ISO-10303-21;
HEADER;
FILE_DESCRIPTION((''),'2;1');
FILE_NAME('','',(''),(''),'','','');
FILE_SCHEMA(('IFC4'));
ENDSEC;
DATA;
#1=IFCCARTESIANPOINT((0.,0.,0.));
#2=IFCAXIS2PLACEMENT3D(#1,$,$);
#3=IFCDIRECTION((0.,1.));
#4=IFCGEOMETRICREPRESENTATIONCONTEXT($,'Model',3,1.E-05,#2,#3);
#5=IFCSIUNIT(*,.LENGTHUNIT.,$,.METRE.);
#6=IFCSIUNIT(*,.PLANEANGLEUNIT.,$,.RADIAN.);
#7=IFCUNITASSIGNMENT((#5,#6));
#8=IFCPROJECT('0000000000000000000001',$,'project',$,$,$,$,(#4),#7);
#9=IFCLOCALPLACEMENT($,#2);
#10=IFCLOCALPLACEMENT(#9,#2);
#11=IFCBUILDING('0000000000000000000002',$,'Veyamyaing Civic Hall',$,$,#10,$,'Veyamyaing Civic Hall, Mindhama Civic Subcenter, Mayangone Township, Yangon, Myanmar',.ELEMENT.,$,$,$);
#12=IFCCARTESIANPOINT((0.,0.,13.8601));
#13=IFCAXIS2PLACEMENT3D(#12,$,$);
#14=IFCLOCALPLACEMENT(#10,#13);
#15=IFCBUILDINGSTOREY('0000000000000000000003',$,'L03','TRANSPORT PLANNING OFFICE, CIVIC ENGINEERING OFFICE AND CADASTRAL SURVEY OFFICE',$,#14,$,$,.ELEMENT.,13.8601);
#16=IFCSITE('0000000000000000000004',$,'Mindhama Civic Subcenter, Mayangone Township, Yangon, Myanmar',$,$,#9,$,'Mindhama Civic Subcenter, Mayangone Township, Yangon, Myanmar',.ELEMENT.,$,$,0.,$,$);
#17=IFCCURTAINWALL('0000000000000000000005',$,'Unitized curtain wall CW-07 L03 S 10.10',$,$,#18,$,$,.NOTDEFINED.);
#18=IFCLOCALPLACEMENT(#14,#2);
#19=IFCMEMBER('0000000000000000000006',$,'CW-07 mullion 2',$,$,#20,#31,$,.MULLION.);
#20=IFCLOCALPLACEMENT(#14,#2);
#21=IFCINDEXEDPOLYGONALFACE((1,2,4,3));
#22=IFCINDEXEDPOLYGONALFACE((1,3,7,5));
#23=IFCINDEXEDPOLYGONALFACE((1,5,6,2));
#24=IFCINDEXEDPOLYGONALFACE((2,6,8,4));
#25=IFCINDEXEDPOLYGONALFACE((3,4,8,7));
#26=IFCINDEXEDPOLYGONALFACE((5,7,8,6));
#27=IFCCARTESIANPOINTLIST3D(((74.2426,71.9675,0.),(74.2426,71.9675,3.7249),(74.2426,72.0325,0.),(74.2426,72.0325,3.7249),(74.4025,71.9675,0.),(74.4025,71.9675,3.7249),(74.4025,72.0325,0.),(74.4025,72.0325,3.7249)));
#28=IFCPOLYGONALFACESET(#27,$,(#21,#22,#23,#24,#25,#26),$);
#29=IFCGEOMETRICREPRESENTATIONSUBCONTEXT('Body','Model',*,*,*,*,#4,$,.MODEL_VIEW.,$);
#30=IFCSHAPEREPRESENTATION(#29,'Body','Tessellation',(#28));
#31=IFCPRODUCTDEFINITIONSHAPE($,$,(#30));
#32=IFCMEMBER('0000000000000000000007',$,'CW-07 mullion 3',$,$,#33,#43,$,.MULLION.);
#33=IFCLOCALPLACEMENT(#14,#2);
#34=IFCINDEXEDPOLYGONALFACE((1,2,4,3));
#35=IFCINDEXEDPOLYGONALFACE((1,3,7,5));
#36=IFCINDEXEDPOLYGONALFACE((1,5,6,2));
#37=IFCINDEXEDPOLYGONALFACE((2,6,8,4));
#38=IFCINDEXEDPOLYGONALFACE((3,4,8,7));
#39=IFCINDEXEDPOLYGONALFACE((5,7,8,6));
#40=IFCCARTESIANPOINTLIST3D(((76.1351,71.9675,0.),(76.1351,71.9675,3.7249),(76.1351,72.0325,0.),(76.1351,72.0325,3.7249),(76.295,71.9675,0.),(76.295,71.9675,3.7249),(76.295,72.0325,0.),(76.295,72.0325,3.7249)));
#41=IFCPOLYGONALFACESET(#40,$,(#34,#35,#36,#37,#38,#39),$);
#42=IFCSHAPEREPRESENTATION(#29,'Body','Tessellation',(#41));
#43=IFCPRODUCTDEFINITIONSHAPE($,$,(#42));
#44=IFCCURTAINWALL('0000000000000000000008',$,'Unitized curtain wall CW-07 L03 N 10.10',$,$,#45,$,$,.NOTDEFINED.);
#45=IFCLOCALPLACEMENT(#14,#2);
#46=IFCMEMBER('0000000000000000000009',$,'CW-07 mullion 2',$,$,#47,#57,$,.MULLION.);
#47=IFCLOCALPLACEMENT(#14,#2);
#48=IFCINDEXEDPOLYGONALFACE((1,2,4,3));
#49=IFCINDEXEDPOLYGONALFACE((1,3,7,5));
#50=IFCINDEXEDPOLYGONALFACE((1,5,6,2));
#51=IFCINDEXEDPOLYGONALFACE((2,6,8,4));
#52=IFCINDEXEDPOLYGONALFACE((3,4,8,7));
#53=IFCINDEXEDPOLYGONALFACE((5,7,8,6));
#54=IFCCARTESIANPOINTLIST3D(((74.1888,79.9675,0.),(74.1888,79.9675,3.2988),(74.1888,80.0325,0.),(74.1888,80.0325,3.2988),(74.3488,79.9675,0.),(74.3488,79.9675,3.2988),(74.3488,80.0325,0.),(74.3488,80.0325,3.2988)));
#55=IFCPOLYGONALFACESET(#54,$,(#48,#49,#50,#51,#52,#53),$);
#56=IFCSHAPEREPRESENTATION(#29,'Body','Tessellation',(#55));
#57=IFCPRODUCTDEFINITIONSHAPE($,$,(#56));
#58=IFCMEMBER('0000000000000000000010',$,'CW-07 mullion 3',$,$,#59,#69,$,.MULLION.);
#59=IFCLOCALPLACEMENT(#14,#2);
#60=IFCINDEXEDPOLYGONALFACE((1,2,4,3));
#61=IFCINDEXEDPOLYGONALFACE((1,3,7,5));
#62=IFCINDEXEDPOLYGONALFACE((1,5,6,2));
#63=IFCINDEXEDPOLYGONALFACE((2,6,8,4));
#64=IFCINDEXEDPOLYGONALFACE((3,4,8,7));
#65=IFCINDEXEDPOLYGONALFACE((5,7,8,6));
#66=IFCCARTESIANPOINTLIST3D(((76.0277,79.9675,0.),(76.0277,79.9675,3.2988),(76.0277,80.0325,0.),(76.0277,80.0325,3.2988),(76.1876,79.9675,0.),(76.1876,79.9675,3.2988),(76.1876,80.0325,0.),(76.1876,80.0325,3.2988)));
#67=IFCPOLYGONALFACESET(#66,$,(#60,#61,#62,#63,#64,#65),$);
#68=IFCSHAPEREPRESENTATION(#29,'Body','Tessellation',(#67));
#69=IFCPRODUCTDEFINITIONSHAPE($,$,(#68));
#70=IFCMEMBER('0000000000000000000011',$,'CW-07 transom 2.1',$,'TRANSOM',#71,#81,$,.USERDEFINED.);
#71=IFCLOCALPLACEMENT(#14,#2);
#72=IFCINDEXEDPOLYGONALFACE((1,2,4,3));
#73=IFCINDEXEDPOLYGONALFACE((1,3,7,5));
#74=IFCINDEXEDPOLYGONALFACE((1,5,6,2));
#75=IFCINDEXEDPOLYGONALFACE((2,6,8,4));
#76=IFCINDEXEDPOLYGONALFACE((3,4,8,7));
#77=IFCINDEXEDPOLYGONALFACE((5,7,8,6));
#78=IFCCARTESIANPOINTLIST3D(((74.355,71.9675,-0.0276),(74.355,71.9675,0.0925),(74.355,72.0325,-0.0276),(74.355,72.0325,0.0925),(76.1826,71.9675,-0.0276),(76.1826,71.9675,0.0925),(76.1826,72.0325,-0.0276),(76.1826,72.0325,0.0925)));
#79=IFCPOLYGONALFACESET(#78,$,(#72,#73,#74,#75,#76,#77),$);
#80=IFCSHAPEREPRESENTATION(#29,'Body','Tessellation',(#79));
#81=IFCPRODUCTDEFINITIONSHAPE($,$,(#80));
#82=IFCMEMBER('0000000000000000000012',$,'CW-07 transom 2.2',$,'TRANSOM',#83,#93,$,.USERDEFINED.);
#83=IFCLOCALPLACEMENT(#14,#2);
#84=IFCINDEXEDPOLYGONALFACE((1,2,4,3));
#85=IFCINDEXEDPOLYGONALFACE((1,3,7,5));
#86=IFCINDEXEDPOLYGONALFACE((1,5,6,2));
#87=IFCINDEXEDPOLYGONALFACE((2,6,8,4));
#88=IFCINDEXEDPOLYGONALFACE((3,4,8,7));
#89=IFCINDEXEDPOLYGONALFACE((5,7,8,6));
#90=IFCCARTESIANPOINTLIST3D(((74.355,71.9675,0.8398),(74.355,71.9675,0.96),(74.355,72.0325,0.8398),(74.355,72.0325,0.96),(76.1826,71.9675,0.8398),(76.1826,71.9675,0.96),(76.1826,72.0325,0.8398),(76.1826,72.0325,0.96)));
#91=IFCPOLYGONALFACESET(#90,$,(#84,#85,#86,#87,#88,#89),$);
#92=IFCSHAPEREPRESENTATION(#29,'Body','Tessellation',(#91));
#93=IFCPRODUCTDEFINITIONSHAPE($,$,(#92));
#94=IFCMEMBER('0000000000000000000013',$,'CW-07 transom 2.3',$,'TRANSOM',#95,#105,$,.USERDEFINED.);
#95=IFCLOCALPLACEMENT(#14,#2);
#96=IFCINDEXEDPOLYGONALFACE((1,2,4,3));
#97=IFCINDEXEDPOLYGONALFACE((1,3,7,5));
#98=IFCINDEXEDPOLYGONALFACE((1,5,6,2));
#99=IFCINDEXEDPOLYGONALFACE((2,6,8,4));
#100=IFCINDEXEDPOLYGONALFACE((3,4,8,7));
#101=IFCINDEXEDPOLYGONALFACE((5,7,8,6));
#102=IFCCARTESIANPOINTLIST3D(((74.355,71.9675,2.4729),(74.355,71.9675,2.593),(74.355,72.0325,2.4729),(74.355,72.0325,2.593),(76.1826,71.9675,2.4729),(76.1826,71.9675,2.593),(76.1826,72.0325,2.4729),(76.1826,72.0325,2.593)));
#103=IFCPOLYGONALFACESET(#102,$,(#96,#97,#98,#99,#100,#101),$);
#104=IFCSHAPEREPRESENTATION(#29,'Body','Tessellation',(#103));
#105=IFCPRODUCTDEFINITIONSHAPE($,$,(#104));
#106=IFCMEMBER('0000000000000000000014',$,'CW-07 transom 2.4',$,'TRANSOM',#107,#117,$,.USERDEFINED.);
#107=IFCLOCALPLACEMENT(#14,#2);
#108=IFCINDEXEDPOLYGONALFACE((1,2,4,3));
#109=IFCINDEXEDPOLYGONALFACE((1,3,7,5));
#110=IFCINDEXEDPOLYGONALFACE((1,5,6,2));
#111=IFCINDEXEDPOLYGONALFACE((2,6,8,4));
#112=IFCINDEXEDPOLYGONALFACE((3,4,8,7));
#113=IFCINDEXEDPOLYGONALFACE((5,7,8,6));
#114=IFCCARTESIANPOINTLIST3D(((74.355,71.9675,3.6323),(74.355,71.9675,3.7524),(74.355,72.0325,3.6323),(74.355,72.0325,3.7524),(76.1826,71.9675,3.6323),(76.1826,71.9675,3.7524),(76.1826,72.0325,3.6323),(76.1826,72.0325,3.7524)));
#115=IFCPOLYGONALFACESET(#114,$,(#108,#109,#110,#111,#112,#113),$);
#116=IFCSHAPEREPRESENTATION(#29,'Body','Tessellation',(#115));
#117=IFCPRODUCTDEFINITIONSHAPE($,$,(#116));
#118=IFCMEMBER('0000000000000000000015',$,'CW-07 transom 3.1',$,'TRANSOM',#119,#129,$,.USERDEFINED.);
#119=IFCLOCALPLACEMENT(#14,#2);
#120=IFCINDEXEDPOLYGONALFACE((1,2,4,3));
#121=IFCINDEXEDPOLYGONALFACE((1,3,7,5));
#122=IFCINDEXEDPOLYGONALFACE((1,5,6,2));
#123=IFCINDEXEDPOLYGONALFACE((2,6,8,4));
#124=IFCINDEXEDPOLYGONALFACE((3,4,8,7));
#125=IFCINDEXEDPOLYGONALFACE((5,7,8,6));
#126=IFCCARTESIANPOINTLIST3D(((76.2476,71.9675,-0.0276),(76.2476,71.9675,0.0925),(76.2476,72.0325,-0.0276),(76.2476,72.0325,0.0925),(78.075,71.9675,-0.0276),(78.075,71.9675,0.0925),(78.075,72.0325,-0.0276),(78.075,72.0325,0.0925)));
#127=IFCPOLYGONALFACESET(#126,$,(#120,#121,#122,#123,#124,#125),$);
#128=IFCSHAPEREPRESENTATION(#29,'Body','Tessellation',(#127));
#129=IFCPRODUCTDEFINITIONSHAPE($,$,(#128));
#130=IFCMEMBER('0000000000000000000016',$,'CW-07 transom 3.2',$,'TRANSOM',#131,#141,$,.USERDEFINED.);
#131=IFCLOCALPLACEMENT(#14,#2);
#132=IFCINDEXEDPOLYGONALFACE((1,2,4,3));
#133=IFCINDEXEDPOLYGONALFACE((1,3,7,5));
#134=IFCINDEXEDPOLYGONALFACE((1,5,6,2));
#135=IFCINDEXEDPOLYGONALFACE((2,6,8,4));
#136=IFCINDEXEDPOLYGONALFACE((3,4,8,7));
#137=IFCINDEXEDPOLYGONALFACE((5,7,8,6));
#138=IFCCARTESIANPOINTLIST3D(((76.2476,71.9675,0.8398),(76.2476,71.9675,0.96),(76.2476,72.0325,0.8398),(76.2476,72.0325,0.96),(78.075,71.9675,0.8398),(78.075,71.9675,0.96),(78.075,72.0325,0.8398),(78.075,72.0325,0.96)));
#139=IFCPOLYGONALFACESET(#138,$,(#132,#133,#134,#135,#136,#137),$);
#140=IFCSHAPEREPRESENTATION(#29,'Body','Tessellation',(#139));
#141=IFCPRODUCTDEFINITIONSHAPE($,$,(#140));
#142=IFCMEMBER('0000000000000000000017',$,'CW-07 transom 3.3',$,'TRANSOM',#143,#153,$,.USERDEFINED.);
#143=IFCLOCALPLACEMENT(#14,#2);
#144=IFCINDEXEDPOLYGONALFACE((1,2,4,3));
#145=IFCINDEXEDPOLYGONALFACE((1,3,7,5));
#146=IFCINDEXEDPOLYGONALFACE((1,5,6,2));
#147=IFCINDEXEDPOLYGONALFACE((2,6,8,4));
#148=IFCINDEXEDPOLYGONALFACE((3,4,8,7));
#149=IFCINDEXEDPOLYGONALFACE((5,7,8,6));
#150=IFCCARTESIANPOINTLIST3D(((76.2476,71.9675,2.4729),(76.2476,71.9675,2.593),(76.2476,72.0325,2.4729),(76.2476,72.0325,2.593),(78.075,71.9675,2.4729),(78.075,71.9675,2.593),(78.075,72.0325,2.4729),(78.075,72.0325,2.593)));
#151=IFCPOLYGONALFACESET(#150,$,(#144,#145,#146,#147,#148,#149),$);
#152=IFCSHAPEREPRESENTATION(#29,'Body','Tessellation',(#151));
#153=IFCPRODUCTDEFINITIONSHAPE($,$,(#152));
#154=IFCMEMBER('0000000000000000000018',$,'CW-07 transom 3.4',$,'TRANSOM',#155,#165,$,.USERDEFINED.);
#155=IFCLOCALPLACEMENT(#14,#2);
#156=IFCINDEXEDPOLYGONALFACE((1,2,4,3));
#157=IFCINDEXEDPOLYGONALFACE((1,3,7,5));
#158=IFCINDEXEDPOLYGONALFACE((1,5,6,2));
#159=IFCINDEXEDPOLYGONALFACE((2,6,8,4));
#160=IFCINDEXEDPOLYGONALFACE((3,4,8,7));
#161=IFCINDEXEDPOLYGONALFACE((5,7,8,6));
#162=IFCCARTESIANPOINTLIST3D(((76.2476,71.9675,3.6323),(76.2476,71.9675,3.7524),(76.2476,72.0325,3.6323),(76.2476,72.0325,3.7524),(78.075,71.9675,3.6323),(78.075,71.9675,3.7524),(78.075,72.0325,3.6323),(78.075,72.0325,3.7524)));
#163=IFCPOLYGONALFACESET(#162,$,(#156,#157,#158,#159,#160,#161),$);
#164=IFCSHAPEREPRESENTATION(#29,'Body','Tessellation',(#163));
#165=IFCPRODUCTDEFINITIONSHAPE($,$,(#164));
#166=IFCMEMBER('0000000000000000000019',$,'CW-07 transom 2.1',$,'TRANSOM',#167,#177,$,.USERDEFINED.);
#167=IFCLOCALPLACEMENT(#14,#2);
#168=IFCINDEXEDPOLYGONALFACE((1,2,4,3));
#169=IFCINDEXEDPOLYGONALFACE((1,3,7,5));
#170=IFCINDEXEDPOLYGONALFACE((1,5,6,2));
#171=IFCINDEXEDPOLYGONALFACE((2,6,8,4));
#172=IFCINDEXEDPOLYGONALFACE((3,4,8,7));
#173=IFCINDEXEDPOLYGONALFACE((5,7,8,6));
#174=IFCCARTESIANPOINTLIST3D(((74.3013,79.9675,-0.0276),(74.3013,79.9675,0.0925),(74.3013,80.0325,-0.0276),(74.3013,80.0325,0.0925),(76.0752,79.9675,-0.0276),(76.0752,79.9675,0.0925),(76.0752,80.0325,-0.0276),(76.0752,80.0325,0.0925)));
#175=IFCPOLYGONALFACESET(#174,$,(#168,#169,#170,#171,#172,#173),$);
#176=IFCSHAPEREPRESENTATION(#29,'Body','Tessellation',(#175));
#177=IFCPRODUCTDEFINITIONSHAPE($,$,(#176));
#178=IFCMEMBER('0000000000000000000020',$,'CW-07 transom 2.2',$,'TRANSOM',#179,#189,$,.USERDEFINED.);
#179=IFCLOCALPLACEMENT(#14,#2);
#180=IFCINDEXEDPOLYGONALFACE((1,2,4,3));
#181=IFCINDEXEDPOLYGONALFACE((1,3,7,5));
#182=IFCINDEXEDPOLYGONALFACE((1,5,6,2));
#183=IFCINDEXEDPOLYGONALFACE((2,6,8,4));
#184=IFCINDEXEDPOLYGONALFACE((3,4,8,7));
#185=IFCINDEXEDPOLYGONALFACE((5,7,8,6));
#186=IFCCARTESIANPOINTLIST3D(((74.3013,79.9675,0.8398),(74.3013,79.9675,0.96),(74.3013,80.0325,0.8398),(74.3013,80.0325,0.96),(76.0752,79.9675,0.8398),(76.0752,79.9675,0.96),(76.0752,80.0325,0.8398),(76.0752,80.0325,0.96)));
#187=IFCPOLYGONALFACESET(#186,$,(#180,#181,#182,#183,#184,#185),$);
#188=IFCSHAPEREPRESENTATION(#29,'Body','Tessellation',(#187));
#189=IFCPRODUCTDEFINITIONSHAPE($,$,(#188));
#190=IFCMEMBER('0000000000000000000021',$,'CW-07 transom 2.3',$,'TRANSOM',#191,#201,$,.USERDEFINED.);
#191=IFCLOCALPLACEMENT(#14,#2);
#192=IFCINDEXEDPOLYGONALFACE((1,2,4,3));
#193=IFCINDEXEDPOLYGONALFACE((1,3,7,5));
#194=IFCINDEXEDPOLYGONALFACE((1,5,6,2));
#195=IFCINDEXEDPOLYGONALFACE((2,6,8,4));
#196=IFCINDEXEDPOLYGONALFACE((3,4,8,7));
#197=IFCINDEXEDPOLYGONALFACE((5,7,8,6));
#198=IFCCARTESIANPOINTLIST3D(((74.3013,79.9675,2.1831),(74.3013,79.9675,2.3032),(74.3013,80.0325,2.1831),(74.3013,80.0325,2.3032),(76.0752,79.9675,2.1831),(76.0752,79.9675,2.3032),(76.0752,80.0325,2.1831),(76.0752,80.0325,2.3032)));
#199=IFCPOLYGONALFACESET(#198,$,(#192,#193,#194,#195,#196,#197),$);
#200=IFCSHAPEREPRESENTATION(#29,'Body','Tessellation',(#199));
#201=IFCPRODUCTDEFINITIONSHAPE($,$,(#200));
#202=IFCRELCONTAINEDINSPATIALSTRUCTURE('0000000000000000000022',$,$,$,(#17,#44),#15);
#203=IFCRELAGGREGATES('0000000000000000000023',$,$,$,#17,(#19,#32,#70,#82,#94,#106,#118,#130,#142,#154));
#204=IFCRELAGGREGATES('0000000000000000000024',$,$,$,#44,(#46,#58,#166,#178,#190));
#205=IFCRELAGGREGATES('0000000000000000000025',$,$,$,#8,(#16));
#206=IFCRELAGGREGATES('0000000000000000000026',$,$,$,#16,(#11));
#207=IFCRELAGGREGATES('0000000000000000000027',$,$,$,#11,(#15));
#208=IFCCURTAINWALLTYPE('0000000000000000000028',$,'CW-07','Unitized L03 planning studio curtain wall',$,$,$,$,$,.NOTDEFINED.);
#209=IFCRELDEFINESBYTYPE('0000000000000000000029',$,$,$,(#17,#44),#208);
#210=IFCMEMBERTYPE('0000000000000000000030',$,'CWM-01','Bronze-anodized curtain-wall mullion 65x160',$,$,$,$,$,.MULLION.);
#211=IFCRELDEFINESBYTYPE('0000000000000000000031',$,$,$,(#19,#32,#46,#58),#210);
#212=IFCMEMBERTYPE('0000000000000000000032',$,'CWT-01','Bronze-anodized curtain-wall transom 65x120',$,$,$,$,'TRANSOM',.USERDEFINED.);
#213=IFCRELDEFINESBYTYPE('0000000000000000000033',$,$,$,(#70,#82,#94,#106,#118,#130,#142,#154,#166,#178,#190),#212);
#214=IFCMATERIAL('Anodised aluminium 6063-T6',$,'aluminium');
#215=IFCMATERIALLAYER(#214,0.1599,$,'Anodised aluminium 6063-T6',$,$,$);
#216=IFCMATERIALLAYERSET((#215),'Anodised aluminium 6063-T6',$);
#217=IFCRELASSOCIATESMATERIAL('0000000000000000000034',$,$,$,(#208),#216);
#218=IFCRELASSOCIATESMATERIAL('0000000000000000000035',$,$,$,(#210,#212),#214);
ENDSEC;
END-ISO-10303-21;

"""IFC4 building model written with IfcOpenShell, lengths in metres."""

from ifc_helpers import new_model, si_unit, direction, frame, origin, origin_2d, place, context, subcontext, project, spatial, rectangle, extrude, material, layer, layer_set, material_profile, profile_set, type_object, element, aggregate, save


model = new_model("IFC4")

# Units and contexts
model_context = context("Model", 3, precision=1e-05, world=origin(), true_north=direction((0.0, 1.0)))
body_context = subcontext(model_context, "Body", "Model", "MODEL_VIEW")
ifc_project = project(units=[si_unit("LENGTHUNIT", "METRE"), si_unit("PLANEANGLEUNIT", "RADIAN")], contexts=[model_context])

# Site, building, storey
site_placement = place(None, origin())
site = spatial("IfcSite", under=ifc_project, at=site_placement, Name="Mindhama Civic Subcenter, Mayangone Township, Yangon, Myanmar", LongName="Mindhama Civic Subcenter, Mayangone Township, Yangon, Myanmar", CompositionType="ELEMENT", RefElevation=0.0)
building_placement = place(site_placement, origin())
building = spatial("IfcBuilding", under=site, at=building_placement, Name="Veyamyaing Civic Hall", LongName="Veyamyaing Civic Hall, Mindhama Civic Subcenter, Mayangone Township, Yangon, Myanmar", CompositionType="ELEMENT")
storey_placement = place(building_placement, frame((0.0, 0.0, 13.8601)))
storey = spatial("IfcBuildingStorey", under=building, at=storey_placement, Name="L03", Description="TRANSPORT PLANNING OFFICE, CIVIC ENGINEERING OFFICE AND CADASTRAL SURVEY OFFICE", CompositionType="ELEMENT", Elevation=13.8601)

# Curtain walls, members
ifc_material_1 = material(Name="Anodised aluminium 6063-T6", Category="aluminium")
ifc_layer_1 = layer(ifc_material_1, 0.1599, Name="Anodised aluminium 6063-T6")
ifc_layer_set_1 = layer_set([ifc_layer_1], Name="Anodised aluminium 6063-T6")
curtain_wall_type = type_object("IfcCurtainWallType", Name="CW-07", Description="Unitized L03 planning studio curtain wall", PredefinedType="NOTDEFINED", material=ifc_layer_set_1)
curtain_wall_1_placement = place(storey_placement, origin())
curtain_wall_1 = element("IfcCurtainWall", 1, at=curtain_wall_1_placement, inside=storey, type_object=curtain_wall_type, Name="Unitized curtain wall CW-07 L03 S 10.10", PredefinedType="NOTDEFINED")
ifc_material_profile_1 = material_profile(ifc_material_1, rectangle(XDim=0.0649, YDim=0.1599, at=origin_2d()), Name="ALU-MUL-65X160")
ifc_profile_set_1 = profile_set([ifc_material_profile_1], Name="Anodised aluminium 6063-T6")
member_type_1 = type_object("IfcMemberType", Name="CWM-01", Description="Bronze-anodized curtain-wall mullion 65x160", PredefinedType="MULLION", material=ifc_profile_set_1)
member_1_placement = place(storey_placement, frame((74.3225, 72.0, 0.0), z_axis=(0.0, 0.0, 1.0), x_axis=(0.0, 1.0, 0.0)))
member_1 = element("IfcMember", 2, at=member_1_placement, type_object=member_type_1, Name="CW-07 mullion 2", PredefinedType="MULLION", context=body_context, shape_type="SweptSolid", body=[
    extrude(rectangle(XDim=0.0649, YDim=0.1599, at=origin_2d()), origin(), (0.0, 0.0, 1.0), 3.7249),
])
member_2_placement = place(storey_placement, frame((76.2151, 72.0, 0.0), z_axis=(0.0, 0.0, 1.0), x_axis=(0.0, 1.0, 0.0)))
member_2 = element("IfcMember", 3, at=member_2_placement, type_object=member_type_1, Name="CW-07 mullion 3", PredefinedType="MULLION", context=body_context, shape_type="SweptSolid", body=[
    extrude(rectangle(XDim=0.0649, YDim=0.1599, at=origin_2d()), origin(), (0.0, 0.0, 1.0), 3.7249),
])
curtain_wall_2_placement = place(storey_placement, origin())
curtain_wall_2 = element("IfcCurtainWall", 4, at=curtain_wall_2_placement, inside=storey, type_object=curtain_wall_type, Name="Unitized curtain wall CW-07 L03 N 10.10", PredefinedType="NOTDEFINED")
member_3_placement = place(storey_placement, frame((74.2688, 80.0, 0.0), z_axis=(0.0, 0.0, 1.0), x_axis=(0.0, 1.0, 0.0)))
member_3 = element("IfcMember", 5, at=member_3_placement, type_object=member_type_1, Name="CW-07 mullion 2", PredefinedType="MULLION", context=body_context, shape_type="SweptSolid", body=[
    extrude(rectangle(XDim=0.0649, YDim=0.1599, at=origin_2d()), origin(), (0.0, 0.0, 1.0), 3.2988),
])
member_4_placement = place(storey_placement, frame((76.1077, 80.0, 0.0), z_axis=(0.0, 0.0, 1.0), x_axis=(0.0, 1.0, 0.0)))
member_4 = element("IfcMember", 6, at=member_4_placement, type_object=member_type_1, Name="CW-07 mullion 3", PredefinedType="MULLION", context=body_context, shape_type="SweptSolid", body=[
    extrude(rectangle(XDim=0.0649, YDim=0.1599, at=origin_2d()), origin(), (0.0, 0.0, 1.0), 3.2988),
])

# Members
ifc_material_profile_2 = material_profile(ifc_material_1, rectangle(XDim=0.0649, YDim=0.1201, at=origin_2d()), Name="ALU-TRN-65X120")
ifc_profile_set_2 = profile_set([ifc_material_profile_2], Name="Anodised aluminium 6063-T6")
member_type_2 = type_object("IfcMemberType", Name="CWT-01", Description="Bronze-anodized curtain-wall transom 65x120", ElementType="TRANSOM", PredefinedType="USERDEFINED", material=ifc_profile_set_2)
member_5_placement = place(storey_placement, frame((74.355, 72.0, 0.0325), z_axis=(1.0, 0.0, 0.0), x_axis=(0.0, 1.0, 0.0)))
member_5 = element("IfcMember", 7, at=member_5_placement, type_object=member_type_2, Name="CW-07 transom 2.1", ObjectType="TRANSOM", PredefinedType="USERDEFINED", context=body_context, shape_type="SweptSolid", body=[
    extrude(rectangle(XDim=0.0649, YDim=0.1201, at=origin_2d()), origin(), (0.0, 0.0, 1.0), 1.8276),
])
member_6_placement = place(storey_placement, frame((74.355, 72.0, 0.8999), z_axis=(1.0, 0.0, 0.0), x_axis=(0.0, 1.0, 0.0)))
member_6 = element("IfcMember", 8, at=member_6_placement, type_object=member_type_2, Name="CW-07 transom 2.2", ObjectType="TRANSOM", PredefinedType="USERDEFINED", context=body_context, shape_type="SweptSolid", body=[
    extrude(rectangle(XDim=0.0649, YDim=0.1201, at=origin_2d()), origin(), (0.0, 0.0, 1.0), 1.8276),
])
member_7_placement = place(storey_placement, frame((74.355, 72.0, 2.533), z_axis=(1.0, 0.0, 0.0), x_axis=(0.0, 1.0, 0.0)))
member_7 = element("IfcMember", 9, at=member_7_placement, type_object=member_type_2, Name="CW-07 transom 2.3", ObjectType="TRANSOM", PredefinedType="USERDEFINED", context=body_context, shape_type="SweptSolid", body=[
    extrude(rectangle(XDim=0.0649, YDim=0.1201, at=origin_2d()), origin(), (0.0, 0.0, 1.0), 1.8276),
])
member_8_placement = place(storey_placement, frame((74.355, 72.0, 3.6924), z_axis=(1.0, 0.0, 0.0), x_axis=(0.0, 1.0, 0.0)))
member_8 = element("IfcMember", 10, at=member_8_placement, type_object=member_type_2, Name="CW-07 transom 2.4", ObjectType="TRANSOM", PredefinedType="USERDEFINED", context=body_context, shape_type="SweptSolid", body=[
    extrude(rectangle(XDim=0.0649, YDim=0.1201, at=origin_2d()), origin(), (0.0, 0.0, 1.0), 1.8276),
])
member_9_placement = place(storey_placement, frame((76.2476, 72.0, 0.0325), z_axis=(1.0, 0.0, 0.0), x_axis=(0.0, 1.0, 0.0)))
member_9 = element("IfcMember", 11, at=member_9_placement, type_object=member_type_2, Name="CW-07 transom 3.1", ObjectType="TRANSOM", PredefinedType="USERDEFINED", context=body_context, shape_type="SweptSolid", body=[
    extrude(rectangle(XDim=0.0649, YDim=0.1201, at=origin_2d()), origin(), (0.0, 0.0, 1.0), 1.8274),
])
member_10_placement = place(storey_placement, frame((76.2476, 72.0, 0.8999), z_axis=(1.0, 0.0, 0.0), x_axis=(0.0, 1.0, 0.0)))
member_10 = element("IfcMember", 12, at=member_10_placement, type_object=member_type_2, Name="CW-07 transom 3.2", ObjectType="TRANSOM", PredefinedType="USERDEFINED", context=body_context, shape_type="SweptSolid", body=[
    extrude(rectangle(XDim=0.0649, YDim=0.1201, at=origin_2d()), origin(), (0.0, 0.0, 1.0), 1.8274),
])
member_11_placement = place(storey_placement, frame((76.2476, 72.0, 2.533), z_axis=(1.0, 0.0, 0.0), x_axis=(0.0, 1.0, 0.0)))
member_11 = element("IfcMember", 13, at=member_11_placement, type_object=member_type_2, Name="CW-07 transom 3.3", ObjectType="TRANSOM", PredefinedType="USERDEFINED", context=body_context, shape_type="SweptSolid", body=[
    extrude(rectangle(XDim=0.0649, YDim=0.1201, at=origin_2d()), origin(), (0.0, 0.0, 1.0), 1.8274),
])
member_12_placement = place(storey_placement, frame((76.2476, 72.0, 3.6924), z_axis=(1.0, 0.0, 0.0), x_axis=(0.0, 1.0, 0.0)))
member_12 = element("IfcMember", 14, at=member_12_placement, type_object=member_type_2, Name="CW-07 transom 3.4", ObjectType="TRANSOM", PredefinedType="USERDEFINED", context=body_context, shape_type="SweptSolid", body=[
    extrude(rectangle(XDim=0.0649, YDim=0.1201, at=origin_2d()), origin(), (0.0, 0.0, 1.0), 1.8274),
])
member_13_placement = place(storey_placement, frame((74.3013, 80.0, 0.0325), z_axis=(1.0, 0.0, 0.0), x_axis=(0.0, 1.0, 0.0)))
member_13 = element("IfcMember", 15, at=member_13_placement, type_object=member_type_2, Name="CW-07 transom 2.1", ObjectType="TRANSOM", PredefinedType="USERDEFINED", context=body_context, shape_type="SweptSolid", body=[
    extrude(rectangle(XDim=0.0649, YDim=0.1201, at=origin_2d()), origin(), (0.0, 0.0, 1.0), 1.7739),
])
member_14_placement = place(storey_placement, frame((74.3013, 80.0, 0.8999), z_axis=(1.0, 0.0, 0.0), x_axis=(0.0, 1.0, 0.0)))
member_14 = element("IfcMember", 16, at=member_14_placement, type_object=member_type_2, Name="CW-07 transom 2.2", ObjectType="TRANSOM", PredefinedType="USERDEFINED", context=body_context, shape_type="SweptSolid", body=[
    extrude(rectangle(XDim=0.0649, YDim=0.1201, at=origin_2d()), origin(), (0.0, 0.0, 1.0), 1.7739),
])
member_15_placement = place(storey_placement, frame((74.3013, 80.0, 2.2432), z_axis=(1.0, 0.0, 0.0), x_axis=(0.0, 1.0, 0.0)))
member_15 = element("IfcMember", 17, at=member_15_placement, type_object=member_type_2, Name="CW-07 transom 2.3", ObjectType="TRANSOM", PredefinedType="USERDEFINED", context=body_context, shape_type="SweptSolid", body=[
    extrude(rectangle(XDim=0.0649, YDim=0.1201, at=origin_2d()), origin(), (0.0, 0.0, 1.0), 1.7739),
])

aggregate(curtain_wall_1, [member_1, member_2, member_5, member_6, member_7, member_8, member_9, member_10, member_11, member_12])
aggregate(curtain_wall_2, [member_3, member_4, member_13, member_14, member_15])

save(model, "model.ifc")
